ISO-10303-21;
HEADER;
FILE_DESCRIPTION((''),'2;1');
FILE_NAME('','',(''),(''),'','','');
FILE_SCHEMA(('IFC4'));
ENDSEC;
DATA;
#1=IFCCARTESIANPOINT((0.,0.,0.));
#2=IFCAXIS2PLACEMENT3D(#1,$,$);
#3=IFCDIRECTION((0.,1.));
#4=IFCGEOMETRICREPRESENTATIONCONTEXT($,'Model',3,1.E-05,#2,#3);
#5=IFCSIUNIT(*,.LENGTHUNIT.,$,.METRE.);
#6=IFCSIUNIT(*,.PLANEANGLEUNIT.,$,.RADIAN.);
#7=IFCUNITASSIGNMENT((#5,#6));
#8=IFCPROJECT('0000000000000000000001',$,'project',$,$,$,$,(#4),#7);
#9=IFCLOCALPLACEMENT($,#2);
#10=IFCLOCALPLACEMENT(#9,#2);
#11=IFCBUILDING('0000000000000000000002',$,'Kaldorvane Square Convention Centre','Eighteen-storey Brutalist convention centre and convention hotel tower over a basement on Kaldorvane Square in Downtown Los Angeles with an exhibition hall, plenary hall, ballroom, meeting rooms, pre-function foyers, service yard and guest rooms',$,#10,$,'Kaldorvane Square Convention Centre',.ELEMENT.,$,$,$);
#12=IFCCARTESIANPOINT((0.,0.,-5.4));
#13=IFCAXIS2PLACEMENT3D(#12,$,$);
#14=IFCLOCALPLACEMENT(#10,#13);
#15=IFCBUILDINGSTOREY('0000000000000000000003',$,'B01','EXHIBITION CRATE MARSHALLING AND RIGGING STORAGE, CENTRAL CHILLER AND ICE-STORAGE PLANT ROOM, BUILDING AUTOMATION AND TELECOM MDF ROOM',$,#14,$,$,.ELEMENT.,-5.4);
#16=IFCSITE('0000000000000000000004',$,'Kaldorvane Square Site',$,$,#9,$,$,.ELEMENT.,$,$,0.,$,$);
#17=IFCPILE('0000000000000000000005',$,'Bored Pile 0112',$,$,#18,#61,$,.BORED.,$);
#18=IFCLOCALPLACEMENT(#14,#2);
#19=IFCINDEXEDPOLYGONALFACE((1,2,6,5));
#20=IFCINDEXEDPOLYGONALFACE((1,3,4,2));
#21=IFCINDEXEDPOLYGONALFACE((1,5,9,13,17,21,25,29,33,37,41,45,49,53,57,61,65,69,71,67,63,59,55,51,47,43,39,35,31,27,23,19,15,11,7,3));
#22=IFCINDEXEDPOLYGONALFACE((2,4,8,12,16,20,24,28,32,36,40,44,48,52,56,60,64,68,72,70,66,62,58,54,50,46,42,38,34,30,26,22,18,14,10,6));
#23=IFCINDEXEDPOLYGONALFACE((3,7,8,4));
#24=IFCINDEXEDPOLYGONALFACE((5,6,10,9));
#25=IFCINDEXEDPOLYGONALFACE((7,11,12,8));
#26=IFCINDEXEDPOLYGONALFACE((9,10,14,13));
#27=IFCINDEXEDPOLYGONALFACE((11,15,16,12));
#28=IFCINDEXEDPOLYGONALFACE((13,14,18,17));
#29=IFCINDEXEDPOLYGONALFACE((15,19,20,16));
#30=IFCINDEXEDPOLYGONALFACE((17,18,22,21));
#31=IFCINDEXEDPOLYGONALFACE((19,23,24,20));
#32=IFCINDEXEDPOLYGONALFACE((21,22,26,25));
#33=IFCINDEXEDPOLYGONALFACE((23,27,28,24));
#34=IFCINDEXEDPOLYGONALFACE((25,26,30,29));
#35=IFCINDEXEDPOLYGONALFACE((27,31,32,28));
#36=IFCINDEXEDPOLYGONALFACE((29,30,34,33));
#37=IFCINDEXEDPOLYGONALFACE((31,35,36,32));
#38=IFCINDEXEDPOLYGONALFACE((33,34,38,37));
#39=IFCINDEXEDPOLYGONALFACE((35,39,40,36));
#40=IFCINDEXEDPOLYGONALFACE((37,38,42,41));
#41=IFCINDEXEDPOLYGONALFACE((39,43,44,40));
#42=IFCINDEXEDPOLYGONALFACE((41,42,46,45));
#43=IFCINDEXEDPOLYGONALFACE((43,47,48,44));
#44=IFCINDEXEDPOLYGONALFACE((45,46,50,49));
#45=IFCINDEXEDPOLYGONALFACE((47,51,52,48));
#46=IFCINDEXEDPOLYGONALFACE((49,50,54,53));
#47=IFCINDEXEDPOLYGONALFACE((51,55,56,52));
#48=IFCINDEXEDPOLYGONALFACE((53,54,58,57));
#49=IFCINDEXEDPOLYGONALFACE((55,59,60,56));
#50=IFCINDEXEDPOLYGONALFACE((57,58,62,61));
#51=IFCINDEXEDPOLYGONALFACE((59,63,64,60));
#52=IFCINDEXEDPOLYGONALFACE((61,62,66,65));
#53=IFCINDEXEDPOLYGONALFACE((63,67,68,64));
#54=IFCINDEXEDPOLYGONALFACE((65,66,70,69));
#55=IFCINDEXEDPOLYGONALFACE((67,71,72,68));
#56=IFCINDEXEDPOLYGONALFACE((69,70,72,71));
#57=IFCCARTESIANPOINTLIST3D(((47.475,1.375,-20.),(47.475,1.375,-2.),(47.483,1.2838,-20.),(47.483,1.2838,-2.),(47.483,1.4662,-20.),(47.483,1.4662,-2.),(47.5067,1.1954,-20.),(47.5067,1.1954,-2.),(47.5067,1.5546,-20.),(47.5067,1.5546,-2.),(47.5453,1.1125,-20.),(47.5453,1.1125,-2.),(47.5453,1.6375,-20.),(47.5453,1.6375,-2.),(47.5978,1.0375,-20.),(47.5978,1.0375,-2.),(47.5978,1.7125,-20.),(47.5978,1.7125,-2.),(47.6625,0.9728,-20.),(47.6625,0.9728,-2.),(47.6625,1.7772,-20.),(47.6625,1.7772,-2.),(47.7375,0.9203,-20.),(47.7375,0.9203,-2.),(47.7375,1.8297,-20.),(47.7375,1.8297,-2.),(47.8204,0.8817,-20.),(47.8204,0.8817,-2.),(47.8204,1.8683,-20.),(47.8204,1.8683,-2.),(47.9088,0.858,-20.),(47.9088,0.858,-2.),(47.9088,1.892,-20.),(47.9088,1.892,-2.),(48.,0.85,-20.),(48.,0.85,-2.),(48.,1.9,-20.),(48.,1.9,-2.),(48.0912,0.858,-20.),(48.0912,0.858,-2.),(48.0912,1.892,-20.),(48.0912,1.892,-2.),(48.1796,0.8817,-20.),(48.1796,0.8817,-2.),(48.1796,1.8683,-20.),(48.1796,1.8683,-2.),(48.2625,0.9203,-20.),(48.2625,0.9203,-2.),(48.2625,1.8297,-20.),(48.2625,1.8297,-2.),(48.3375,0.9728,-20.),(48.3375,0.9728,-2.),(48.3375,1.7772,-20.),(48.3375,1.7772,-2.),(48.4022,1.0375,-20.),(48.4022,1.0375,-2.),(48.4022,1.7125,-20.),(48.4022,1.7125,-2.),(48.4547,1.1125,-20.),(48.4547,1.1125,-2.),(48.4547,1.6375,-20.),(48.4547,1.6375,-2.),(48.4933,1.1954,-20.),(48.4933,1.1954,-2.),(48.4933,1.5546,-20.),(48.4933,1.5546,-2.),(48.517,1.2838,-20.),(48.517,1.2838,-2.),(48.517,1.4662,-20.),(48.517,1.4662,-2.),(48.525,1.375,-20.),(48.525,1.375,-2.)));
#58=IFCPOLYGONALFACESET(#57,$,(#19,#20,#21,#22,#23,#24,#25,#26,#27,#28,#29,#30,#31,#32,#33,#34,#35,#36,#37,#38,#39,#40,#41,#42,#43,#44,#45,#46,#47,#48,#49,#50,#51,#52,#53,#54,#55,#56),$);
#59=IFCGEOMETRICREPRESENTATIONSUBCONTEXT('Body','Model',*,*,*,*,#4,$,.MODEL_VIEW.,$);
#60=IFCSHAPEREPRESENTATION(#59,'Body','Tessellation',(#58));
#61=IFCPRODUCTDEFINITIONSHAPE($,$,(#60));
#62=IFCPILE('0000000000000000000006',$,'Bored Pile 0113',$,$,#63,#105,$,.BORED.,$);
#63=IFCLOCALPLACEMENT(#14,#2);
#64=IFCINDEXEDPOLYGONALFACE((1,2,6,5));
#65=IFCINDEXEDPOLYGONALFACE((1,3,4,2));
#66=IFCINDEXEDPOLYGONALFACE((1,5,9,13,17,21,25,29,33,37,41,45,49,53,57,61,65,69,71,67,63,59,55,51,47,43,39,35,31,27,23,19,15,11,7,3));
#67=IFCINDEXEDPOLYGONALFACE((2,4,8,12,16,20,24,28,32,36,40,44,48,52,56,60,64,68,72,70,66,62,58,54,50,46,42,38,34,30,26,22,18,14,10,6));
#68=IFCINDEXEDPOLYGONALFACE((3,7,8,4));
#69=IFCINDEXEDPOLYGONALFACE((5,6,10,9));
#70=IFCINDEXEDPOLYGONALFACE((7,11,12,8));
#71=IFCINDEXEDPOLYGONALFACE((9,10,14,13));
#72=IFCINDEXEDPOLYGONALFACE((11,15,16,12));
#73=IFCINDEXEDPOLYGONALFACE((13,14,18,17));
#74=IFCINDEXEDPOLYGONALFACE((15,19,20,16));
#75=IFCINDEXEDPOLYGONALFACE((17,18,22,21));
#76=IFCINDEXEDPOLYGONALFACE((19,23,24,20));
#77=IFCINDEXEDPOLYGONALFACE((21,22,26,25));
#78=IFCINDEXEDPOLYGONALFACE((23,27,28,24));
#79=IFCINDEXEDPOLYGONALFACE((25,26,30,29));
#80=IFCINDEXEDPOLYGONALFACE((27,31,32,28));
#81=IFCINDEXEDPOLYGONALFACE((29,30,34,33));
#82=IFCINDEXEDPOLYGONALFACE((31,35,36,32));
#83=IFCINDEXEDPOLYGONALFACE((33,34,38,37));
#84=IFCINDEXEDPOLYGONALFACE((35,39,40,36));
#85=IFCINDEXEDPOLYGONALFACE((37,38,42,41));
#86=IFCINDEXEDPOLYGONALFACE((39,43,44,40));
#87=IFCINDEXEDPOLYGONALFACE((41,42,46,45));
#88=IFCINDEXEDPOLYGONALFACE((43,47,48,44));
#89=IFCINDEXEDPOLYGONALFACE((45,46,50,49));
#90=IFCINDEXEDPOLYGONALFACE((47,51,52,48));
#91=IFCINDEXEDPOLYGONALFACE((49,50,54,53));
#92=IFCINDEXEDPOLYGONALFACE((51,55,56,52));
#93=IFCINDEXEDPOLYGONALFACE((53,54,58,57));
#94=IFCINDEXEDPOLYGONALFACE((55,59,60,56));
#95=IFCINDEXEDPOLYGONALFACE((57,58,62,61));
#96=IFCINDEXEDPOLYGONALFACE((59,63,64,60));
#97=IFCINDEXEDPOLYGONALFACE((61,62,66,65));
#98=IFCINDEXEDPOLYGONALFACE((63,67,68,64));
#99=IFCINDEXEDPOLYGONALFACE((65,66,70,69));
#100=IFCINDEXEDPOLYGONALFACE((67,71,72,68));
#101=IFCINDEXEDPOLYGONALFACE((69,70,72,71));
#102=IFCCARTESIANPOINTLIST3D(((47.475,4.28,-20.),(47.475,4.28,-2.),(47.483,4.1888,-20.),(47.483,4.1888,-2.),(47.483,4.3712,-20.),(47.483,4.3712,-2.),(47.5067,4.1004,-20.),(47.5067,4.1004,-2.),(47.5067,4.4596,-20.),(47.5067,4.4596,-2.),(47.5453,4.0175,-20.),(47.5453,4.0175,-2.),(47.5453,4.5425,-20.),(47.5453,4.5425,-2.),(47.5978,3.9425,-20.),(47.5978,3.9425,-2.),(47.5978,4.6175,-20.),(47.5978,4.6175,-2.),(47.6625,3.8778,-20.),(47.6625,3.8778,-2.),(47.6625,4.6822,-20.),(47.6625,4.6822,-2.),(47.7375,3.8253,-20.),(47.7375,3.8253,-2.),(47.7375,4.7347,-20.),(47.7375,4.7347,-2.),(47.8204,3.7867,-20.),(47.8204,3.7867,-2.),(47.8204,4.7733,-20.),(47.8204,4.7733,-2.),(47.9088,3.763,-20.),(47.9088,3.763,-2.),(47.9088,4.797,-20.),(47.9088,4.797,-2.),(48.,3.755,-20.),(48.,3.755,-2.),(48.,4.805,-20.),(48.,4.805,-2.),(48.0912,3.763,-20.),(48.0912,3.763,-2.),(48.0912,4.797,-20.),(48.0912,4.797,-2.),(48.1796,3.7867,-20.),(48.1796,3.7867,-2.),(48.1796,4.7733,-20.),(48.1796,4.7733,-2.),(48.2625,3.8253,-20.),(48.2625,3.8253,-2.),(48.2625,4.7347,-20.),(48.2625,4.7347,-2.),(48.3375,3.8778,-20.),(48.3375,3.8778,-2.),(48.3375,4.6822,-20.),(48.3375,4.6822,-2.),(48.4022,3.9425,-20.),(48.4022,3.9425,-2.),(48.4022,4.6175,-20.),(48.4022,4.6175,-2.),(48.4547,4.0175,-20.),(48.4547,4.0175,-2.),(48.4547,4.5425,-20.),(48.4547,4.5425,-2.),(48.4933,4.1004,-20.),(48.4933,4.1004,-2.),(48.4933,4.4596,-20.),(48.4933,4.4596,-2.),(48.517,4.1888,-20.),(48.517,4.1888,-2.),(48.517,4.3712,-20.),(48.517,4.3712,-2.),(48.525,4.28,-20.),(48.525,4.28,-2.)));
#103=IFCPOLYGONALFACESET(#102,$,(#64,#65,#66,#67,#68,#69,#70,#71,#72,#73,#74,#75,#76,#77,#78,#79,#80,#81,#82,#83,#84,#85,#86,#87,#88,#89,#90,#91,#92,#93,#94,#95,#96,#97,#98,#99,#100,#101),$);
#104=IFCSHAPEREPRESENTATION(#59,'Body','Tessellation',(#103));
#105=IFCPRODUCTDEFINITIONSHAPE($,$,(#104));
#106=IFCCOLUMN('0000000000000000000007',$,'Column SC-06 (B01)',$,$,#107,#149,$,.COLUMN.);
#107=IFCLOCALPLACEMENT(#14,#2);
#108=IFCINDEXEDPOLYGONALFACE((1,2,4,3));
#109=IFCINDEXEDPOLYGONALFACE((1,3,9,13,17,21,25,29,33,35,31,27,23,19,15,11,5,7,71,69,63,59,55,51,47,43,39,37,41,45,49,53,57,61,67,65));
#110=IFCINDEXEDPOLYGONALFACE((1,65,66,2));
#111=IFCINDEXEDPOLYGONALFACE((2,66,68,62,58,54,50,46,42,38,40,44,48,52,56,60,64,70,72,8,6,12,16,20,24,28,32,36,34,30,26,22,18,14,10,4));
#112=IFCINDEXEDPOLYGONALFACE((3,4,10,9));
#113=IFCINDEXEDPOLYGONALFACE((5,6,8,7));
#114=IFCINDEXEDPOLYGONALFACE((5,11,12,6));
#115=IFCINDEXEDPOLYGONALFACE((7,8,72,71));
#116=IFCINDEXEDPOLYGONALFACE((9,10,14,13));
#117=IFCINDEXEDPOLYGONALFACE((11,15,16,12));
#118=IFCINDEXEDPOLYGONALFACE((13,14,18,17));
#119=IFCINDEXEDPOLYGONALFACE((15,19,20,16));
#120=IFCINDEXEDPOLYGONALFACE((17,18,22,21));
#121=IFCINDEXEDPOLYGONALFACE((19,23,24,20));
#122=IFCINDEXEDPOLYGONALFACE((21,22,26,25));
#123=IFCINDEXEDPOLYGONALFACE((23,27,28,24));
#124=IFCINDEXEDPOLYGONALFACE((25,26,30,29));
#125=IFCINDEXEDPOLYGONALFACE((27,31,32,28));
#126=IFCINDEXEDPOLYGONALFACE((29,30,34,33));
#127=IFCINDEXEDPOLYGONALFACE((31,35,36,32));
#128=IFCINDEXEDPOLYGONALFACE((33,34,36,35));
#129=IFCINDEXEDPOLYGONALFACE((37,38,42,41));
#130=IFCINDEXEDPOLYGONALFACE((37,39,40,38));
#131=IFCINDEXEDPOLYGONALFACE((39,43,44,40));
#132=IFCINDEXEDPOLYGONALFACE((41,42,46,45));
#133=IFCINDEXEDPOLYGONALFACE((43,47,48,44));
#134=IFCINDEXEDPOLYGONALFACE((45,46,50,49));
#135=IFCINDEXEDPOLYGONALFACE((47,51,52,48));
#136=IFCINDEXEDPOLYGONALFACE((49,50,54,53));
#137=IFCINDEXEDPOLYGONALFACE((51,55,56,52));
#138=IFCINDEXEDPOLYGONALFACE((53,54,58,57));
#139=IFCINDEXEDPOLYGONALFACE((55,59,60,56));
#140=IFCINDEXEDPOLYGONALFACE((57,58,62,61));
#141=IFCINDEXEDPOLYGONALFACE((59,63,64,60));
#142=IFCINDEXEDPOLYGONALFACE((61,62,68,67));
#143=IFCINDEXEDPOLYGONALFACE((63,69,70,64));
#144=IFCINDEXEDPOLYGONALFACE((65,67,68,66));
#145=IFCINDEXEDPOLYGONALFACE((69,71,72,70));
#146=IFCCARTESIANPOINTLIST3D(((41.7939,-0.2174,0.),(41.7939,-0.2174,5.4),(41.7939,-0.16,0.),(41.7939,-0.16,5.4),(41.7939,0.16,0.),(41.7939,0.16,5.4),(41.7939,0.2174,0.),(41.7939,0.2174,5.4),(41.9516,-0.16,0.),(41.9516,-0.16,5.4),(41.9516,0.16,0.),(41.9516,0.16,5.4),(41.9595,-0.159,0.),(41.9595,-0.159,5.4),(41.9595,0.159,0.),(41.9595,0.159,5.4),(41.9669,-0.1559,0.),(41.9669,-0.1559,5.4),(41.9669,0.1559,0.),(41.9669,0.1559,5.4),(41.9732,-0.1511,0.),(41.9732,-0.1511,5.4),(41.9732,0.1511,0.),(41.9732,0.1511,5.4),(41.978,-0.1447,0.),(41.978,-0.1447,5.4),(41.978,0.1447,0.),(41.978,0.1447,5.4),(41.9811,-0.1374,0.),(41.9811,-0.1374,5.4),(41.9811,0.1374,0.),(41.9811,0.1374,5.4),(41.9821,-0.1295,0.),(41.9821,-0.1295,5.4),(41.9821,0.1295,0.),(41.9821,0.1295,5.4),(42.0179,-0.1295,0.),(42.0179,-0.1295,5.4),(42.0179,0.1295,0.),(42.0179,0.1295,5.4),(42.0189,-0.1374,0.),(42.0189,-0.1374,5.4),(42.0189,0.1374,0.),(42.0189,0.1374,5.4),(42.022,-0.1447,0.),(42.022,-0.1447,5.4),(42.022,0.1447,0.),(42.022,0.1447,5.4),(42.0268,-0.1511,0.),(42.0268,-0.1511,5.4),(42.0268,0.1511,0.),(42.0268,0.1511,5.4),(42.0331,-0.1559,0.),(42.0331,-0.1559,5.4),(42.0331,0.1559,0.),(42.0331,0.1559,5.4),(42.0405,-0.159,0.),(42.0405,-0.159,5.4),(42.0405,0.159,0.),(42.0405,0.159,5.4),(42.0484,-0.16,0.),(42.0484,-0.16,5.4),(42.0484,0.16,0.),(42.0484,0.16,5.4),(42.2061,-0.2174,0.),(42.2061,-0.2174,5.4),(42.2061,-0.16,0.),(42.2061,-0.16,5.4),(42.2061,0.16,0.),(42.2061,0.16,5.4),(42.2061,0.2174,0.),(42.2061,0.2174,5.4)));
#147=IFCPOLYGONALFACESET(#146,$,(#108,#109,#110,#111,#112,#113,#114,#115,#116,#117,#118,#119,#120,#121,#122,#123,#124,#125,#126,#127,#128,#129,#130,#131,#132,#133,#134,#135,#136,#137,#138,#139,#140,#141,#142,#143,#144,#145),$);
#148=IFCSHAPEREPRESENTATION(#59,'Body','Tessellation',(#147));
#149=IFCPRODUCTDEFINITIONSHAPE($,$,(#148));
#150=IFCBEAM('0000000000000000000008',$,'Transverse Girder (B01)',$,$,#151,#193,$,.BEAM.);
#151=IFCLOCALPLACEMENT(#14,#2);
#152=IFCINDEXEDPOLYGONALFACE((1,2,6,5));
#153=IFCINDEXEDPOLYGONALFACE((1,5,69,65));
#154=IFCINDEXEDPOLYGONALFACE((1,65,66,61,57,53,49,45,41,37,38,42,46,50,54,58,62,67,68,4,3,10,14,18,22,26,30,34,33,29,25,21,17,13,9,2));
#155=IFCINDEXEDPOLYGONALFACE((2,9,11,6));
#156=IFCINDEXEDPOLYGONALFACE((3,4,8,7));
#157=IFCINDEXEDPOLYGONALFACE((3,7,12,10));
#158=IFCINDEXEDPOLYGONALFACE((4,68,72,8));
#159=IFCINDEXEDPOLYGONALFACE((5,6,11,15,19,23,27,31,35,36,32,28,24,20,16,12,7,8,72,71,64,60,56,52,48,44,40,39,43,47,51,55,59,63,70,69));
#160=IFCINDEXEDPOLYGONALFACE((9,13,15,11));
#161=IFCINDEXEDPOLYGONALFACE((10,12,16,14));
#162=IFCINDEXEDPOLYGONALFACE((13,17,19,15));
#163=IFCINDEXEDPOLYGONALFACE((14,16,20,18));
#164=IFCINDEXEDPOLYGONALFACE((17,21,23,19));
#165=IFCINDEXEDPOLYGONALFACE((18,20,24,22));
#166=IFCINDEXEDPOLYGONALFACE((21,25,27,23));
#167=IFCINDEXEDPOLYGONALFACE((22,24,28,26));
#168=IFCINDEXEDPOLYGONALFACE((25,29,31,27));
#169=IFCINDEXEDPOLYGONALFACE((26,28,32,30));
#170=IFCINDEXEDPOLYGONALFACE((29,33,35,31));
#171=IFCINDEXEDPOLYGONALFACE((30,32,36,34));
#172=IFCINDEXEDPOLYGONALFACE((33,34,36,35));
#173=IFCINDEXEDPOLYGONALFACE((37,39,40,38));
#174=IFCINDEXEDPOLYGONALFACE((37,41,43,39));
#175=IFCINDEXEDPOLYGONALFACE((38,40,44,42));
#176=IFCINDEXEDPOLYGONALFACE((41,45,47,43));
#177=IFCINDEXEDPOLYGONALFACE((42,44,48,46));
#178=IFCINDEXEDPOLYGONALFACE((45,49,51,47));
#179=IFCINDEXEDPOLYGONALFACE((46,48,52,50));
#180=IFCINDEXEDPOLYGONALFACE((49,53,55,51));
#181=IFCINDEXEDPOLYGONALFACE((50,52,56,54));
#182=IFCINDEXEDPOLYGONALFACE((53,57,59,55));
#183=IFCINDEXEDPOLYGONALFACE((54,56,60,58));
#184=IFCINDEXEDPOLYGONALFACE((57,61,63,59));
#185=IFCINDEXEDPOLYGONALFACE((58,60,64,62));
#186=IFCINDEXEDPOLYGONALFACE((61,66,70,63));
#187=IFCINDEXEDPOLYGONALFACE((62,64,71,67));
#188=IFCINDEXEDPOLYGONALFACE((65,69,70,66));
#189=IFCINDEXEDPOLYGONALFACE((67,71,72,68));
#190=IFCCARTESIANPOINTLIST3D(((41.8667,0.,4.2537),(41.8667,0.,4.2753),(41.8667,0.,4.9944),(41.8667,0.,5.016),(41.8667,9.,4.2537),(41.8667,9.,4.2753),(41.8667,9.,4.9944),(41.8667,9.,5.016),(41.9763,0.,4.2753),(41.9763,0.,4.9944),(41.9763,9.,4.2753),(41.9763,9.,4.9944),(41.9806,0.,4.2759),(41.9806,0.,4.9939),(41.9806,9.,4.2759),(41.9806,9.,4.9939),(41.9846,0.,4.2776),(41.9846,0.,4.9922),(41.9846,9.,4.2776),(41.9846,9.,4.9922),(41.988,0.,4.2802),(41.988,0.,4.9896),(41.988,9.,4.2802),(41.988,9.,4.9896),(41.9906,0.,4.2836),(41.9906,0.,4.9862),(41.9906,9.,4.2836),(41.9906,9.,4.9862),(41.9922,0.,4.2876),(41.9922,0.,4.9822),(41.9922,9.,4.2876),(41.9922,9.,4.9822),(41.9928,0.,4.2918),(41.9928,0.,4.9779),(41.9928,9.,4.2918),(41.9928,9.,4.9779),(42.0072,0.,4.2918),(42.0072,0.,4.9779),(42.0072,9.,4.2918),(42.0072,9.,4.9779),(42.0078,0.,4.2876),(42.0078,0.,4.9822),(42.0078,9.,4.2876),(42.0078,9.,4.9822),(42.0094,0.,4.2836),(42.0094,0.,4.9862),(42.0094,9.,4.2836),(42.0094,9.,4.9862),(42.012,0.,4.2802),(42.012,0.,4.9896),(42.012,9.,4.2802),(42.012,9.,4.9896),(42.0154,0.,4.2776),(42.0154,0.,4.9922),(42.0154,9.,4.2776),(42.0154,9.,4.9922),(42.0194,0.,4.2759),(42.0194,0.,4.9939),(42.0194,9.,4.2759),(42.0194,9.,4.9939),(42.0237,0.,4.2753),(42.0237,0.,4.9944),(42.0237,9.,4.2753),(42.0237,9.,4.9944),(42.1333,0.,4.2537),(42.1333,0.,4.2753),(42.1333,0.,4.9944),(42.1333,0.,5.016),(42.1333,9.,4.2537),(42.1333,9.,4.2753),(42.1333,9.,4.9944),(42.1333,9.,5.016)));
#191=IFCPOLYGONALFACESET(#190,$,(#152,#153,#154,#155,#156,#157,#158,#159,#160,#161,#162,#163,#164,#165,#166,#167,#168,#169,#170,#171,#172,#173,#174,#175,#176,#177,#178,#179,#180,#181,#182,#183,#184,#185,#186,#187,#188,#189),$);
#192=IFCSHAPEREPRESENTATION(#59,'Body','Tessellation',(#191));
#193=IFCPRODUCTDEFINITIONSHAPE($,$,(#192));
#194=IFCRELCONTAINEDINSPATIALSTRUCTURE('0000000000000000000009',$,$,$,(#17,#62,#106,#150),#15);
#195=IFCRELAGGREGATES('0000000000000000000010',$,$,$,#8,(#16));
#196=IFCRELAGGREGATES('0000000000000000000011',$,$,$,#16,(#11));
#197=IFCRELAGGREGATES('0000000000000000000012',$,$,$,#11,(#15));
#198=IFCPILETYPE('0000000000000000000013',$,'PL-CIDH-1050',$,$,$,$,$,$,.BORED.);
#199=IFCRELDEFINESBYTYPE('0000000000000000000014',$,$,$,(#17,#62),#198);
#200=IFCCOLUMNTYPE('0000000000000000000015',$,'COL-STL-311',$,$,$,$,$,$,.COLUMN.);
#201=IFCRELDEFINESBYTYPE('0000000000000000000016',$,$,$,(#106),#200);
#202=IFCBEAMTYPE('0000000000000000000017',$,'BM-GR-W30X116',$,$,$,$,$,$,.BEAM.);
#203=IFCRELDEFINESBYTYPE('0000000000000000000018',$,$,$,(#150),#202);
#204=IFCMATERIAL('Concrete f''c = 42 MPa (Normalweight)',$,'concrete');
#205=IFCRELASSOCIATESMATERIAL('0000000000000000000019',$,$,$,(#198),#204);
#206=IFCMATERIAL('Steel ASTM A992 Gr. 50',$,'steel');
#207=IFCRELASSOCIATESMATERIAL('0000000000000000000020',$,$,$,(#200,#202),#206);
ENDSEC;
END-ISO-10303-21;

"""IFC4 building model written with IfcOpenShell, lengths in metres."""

from ifc_helpers import new_model, si_unit, direction, frame, origin, origin_2d, place, context, subcontext, project, spatial, circle, i_section, extrude, material, material_profile, profile_set, type_object, element, save


model = new_model("IFC4")

# Units and contexts
model_context = context("Model", 3, precision=1e-05, world=origin(), true_north=direction((0.0, 1.0)))
body_context = subcontext(model_context, "Body", "Model", "MODEL_VIEW")
ifc_project = project(units=[si_unit("LENGTHUNIT", "METRE"), si_unit("PLANEANGLEUNIT", "RADIAN")], contexts=[model_context])

# Site, building, storey
site_placement = place(None, origin())
site = spatial("IfcSite", under=ifc_project, at=site_placement, Name="Kaldorvane Square Site", CompositionType="ELEMENT", RefElevation=0.0)
building_placement = place(site_placement, origin())
building = spatial("IfcBuilding", under=site, at=building_placement, Name="Kaldorvane Square Convention Centre", Description="Eighteen-storey Brutalist convention centre and convention hotel tower over a basement on Kaldorvane Square in Downtown Los Angeles with an exhibition hall, plenary hall, ballroom, meeting rooms, pre-function foyers, service yard and guest rooms", LongName="Kaldorvane Square Convention Centre", CompositionType="ELEMENT")
storey_placement = place(building_placement, frame((0.0, 0.0, -5.4)))
storey = spatial("IfcBuildingStorey", under=building, at=storey_placement, Name="B01", Description="EXHIBITION CRATE MARSHALLING AND RIGGING STORAGE, CENTRAL CHILLER AND ICE-STORAGE PLANT ROOM, BUILDING AUTOMATION AND TELECOM MDF ROOM", CompositionType="ELEMENT", Elevation=-5.4)

# Shared definitions
ifc_material_1 = material(Name="Concrete f'c = 42 MPa (Normalweight)", Category="concrete")

# Piles
ifc_material_profile_1 = material_profile(ifc_material_1, circle(Radius=0.525, at=origin_2d()), Name="PILE-D1050")
ifc_profile_set_1 = profile_set([ifc_material_profile_1], Name="Concrete f'c = 42 MPa (Normalweight)")
pile_type = type_object("IfcPileType", Name="PL-CIDH-1050", PredefinedType="BORED", material=ifc_profile_set_1)
for number, where, z_axis, x_axis, name in (
    (1, (48.0, 1.375, -2.0), (0.0, 0.0, -1.0), (1.0, 0.0, 0.0), "Bored Pile 0112"),
    (2, (48.0, 4.28, -2.0), (0.0, 0.0, -1.0), (1.0, 0.0, 0.0), "Bored Pile 0113"),
):
    element("IfcPile", number, at=place(storey_placement, frame(where, z_axis=z_axis, x_axis=x_axis)), inside=storey, type_object=pile_type, Name=name, PredefinedType="BORED", context=body_context, shape_type="SweptSolid", body=[
        extrude(circle(Radius=0.525, at=origin_2d()), origin(), (0.0, 0.0, 1.0), 18.0),
    ])

# Column
ifc_material_2 = material(Name="Steel ASTM A992 Gr. 50", Category="steel")
ifc_material_profile_2 = material_profile(ifc_material_2, i_section(OverallWidth=0.4122, OverallDepth=0.4348, WebThickness=0.0358, FlangeThickness=0.0574, FilletRadius=0.0305, at=origin_2d()), Name="W14X311")
ifc_profile_set_2 = profile_set([ifc_material_profile_2], Name="Steel ASTM A992 Gr. 50")
column_type = type_object("IfcColumnType", Name="COL-STL-311", PredefinedType="COLUMN", material=ifc_profile_set_2)
column_placement = place(storey_placement, frame((42.0, 0.0, 0.0), z_axis=(0.0, 0.0, 1.0), x_axis=(1.0, 0.0, 0.0)))
element("IfcColumn", 3, at=column_placement, inside=storey, type_object=column_type, Name="Column SC-06 (B01)", PredefinedType="COLUMN", context=body_context, shape_type="SweptSolid", body=[
    extrude(i_section(OverallWidth=0.4122, OverallDepth=0.4348, WebThickness=0.0358, FlangeThickness=0.0574, FilletRadius=0.0305, at=origin_2d()), origin(), (0.0, 0.0, 1.0), 5.4),
])

# Beam
ifc_material_profile_3 = material_profile(ifc_material_2, i_section(OverallWidth=0.2666, OverallDepth=0.7623, WebThickness=0.0144, FlangeThickness=0.0216, FilletRadius=0.0165, at=origin_2d()), Name="W30X116")
ifc_profile_set_3 = profile_set([ifc_material_profile_3], Name="Steel ASTM A992 Gr. 50")
beam_type_1 = type_object("IfcBeamType", Name="BM-GR-W30X116", PredefinedType="BEAM", material=ifc_profile_set_3)
beam_1_placement = place(storey_placement, frame((42.0, 0.0, 4.6349), z_axis=(0.0, 1.0, 0.0), x_axis=(-1.0, 0.0, 0.0)))
element("IfcBeam", 4, at=beam_1_placement, inside=storey, type_object=beam_type_1, Name="Transverse Girder (B01)", PredefinedType="BEAM", context=body_context, shape_type="SweptSolid", body=[
    extrude(i_section(OverallWidth=0.2666, OverallDepth=0.7623, WebThickness=0.0144, FlangeThickness=0.0216, FilletRadius=0.0165, at=origin_2d()), origin(), (0.0, 0.0, 1.0), 9.0),
])

save(model, "model.ifc")
